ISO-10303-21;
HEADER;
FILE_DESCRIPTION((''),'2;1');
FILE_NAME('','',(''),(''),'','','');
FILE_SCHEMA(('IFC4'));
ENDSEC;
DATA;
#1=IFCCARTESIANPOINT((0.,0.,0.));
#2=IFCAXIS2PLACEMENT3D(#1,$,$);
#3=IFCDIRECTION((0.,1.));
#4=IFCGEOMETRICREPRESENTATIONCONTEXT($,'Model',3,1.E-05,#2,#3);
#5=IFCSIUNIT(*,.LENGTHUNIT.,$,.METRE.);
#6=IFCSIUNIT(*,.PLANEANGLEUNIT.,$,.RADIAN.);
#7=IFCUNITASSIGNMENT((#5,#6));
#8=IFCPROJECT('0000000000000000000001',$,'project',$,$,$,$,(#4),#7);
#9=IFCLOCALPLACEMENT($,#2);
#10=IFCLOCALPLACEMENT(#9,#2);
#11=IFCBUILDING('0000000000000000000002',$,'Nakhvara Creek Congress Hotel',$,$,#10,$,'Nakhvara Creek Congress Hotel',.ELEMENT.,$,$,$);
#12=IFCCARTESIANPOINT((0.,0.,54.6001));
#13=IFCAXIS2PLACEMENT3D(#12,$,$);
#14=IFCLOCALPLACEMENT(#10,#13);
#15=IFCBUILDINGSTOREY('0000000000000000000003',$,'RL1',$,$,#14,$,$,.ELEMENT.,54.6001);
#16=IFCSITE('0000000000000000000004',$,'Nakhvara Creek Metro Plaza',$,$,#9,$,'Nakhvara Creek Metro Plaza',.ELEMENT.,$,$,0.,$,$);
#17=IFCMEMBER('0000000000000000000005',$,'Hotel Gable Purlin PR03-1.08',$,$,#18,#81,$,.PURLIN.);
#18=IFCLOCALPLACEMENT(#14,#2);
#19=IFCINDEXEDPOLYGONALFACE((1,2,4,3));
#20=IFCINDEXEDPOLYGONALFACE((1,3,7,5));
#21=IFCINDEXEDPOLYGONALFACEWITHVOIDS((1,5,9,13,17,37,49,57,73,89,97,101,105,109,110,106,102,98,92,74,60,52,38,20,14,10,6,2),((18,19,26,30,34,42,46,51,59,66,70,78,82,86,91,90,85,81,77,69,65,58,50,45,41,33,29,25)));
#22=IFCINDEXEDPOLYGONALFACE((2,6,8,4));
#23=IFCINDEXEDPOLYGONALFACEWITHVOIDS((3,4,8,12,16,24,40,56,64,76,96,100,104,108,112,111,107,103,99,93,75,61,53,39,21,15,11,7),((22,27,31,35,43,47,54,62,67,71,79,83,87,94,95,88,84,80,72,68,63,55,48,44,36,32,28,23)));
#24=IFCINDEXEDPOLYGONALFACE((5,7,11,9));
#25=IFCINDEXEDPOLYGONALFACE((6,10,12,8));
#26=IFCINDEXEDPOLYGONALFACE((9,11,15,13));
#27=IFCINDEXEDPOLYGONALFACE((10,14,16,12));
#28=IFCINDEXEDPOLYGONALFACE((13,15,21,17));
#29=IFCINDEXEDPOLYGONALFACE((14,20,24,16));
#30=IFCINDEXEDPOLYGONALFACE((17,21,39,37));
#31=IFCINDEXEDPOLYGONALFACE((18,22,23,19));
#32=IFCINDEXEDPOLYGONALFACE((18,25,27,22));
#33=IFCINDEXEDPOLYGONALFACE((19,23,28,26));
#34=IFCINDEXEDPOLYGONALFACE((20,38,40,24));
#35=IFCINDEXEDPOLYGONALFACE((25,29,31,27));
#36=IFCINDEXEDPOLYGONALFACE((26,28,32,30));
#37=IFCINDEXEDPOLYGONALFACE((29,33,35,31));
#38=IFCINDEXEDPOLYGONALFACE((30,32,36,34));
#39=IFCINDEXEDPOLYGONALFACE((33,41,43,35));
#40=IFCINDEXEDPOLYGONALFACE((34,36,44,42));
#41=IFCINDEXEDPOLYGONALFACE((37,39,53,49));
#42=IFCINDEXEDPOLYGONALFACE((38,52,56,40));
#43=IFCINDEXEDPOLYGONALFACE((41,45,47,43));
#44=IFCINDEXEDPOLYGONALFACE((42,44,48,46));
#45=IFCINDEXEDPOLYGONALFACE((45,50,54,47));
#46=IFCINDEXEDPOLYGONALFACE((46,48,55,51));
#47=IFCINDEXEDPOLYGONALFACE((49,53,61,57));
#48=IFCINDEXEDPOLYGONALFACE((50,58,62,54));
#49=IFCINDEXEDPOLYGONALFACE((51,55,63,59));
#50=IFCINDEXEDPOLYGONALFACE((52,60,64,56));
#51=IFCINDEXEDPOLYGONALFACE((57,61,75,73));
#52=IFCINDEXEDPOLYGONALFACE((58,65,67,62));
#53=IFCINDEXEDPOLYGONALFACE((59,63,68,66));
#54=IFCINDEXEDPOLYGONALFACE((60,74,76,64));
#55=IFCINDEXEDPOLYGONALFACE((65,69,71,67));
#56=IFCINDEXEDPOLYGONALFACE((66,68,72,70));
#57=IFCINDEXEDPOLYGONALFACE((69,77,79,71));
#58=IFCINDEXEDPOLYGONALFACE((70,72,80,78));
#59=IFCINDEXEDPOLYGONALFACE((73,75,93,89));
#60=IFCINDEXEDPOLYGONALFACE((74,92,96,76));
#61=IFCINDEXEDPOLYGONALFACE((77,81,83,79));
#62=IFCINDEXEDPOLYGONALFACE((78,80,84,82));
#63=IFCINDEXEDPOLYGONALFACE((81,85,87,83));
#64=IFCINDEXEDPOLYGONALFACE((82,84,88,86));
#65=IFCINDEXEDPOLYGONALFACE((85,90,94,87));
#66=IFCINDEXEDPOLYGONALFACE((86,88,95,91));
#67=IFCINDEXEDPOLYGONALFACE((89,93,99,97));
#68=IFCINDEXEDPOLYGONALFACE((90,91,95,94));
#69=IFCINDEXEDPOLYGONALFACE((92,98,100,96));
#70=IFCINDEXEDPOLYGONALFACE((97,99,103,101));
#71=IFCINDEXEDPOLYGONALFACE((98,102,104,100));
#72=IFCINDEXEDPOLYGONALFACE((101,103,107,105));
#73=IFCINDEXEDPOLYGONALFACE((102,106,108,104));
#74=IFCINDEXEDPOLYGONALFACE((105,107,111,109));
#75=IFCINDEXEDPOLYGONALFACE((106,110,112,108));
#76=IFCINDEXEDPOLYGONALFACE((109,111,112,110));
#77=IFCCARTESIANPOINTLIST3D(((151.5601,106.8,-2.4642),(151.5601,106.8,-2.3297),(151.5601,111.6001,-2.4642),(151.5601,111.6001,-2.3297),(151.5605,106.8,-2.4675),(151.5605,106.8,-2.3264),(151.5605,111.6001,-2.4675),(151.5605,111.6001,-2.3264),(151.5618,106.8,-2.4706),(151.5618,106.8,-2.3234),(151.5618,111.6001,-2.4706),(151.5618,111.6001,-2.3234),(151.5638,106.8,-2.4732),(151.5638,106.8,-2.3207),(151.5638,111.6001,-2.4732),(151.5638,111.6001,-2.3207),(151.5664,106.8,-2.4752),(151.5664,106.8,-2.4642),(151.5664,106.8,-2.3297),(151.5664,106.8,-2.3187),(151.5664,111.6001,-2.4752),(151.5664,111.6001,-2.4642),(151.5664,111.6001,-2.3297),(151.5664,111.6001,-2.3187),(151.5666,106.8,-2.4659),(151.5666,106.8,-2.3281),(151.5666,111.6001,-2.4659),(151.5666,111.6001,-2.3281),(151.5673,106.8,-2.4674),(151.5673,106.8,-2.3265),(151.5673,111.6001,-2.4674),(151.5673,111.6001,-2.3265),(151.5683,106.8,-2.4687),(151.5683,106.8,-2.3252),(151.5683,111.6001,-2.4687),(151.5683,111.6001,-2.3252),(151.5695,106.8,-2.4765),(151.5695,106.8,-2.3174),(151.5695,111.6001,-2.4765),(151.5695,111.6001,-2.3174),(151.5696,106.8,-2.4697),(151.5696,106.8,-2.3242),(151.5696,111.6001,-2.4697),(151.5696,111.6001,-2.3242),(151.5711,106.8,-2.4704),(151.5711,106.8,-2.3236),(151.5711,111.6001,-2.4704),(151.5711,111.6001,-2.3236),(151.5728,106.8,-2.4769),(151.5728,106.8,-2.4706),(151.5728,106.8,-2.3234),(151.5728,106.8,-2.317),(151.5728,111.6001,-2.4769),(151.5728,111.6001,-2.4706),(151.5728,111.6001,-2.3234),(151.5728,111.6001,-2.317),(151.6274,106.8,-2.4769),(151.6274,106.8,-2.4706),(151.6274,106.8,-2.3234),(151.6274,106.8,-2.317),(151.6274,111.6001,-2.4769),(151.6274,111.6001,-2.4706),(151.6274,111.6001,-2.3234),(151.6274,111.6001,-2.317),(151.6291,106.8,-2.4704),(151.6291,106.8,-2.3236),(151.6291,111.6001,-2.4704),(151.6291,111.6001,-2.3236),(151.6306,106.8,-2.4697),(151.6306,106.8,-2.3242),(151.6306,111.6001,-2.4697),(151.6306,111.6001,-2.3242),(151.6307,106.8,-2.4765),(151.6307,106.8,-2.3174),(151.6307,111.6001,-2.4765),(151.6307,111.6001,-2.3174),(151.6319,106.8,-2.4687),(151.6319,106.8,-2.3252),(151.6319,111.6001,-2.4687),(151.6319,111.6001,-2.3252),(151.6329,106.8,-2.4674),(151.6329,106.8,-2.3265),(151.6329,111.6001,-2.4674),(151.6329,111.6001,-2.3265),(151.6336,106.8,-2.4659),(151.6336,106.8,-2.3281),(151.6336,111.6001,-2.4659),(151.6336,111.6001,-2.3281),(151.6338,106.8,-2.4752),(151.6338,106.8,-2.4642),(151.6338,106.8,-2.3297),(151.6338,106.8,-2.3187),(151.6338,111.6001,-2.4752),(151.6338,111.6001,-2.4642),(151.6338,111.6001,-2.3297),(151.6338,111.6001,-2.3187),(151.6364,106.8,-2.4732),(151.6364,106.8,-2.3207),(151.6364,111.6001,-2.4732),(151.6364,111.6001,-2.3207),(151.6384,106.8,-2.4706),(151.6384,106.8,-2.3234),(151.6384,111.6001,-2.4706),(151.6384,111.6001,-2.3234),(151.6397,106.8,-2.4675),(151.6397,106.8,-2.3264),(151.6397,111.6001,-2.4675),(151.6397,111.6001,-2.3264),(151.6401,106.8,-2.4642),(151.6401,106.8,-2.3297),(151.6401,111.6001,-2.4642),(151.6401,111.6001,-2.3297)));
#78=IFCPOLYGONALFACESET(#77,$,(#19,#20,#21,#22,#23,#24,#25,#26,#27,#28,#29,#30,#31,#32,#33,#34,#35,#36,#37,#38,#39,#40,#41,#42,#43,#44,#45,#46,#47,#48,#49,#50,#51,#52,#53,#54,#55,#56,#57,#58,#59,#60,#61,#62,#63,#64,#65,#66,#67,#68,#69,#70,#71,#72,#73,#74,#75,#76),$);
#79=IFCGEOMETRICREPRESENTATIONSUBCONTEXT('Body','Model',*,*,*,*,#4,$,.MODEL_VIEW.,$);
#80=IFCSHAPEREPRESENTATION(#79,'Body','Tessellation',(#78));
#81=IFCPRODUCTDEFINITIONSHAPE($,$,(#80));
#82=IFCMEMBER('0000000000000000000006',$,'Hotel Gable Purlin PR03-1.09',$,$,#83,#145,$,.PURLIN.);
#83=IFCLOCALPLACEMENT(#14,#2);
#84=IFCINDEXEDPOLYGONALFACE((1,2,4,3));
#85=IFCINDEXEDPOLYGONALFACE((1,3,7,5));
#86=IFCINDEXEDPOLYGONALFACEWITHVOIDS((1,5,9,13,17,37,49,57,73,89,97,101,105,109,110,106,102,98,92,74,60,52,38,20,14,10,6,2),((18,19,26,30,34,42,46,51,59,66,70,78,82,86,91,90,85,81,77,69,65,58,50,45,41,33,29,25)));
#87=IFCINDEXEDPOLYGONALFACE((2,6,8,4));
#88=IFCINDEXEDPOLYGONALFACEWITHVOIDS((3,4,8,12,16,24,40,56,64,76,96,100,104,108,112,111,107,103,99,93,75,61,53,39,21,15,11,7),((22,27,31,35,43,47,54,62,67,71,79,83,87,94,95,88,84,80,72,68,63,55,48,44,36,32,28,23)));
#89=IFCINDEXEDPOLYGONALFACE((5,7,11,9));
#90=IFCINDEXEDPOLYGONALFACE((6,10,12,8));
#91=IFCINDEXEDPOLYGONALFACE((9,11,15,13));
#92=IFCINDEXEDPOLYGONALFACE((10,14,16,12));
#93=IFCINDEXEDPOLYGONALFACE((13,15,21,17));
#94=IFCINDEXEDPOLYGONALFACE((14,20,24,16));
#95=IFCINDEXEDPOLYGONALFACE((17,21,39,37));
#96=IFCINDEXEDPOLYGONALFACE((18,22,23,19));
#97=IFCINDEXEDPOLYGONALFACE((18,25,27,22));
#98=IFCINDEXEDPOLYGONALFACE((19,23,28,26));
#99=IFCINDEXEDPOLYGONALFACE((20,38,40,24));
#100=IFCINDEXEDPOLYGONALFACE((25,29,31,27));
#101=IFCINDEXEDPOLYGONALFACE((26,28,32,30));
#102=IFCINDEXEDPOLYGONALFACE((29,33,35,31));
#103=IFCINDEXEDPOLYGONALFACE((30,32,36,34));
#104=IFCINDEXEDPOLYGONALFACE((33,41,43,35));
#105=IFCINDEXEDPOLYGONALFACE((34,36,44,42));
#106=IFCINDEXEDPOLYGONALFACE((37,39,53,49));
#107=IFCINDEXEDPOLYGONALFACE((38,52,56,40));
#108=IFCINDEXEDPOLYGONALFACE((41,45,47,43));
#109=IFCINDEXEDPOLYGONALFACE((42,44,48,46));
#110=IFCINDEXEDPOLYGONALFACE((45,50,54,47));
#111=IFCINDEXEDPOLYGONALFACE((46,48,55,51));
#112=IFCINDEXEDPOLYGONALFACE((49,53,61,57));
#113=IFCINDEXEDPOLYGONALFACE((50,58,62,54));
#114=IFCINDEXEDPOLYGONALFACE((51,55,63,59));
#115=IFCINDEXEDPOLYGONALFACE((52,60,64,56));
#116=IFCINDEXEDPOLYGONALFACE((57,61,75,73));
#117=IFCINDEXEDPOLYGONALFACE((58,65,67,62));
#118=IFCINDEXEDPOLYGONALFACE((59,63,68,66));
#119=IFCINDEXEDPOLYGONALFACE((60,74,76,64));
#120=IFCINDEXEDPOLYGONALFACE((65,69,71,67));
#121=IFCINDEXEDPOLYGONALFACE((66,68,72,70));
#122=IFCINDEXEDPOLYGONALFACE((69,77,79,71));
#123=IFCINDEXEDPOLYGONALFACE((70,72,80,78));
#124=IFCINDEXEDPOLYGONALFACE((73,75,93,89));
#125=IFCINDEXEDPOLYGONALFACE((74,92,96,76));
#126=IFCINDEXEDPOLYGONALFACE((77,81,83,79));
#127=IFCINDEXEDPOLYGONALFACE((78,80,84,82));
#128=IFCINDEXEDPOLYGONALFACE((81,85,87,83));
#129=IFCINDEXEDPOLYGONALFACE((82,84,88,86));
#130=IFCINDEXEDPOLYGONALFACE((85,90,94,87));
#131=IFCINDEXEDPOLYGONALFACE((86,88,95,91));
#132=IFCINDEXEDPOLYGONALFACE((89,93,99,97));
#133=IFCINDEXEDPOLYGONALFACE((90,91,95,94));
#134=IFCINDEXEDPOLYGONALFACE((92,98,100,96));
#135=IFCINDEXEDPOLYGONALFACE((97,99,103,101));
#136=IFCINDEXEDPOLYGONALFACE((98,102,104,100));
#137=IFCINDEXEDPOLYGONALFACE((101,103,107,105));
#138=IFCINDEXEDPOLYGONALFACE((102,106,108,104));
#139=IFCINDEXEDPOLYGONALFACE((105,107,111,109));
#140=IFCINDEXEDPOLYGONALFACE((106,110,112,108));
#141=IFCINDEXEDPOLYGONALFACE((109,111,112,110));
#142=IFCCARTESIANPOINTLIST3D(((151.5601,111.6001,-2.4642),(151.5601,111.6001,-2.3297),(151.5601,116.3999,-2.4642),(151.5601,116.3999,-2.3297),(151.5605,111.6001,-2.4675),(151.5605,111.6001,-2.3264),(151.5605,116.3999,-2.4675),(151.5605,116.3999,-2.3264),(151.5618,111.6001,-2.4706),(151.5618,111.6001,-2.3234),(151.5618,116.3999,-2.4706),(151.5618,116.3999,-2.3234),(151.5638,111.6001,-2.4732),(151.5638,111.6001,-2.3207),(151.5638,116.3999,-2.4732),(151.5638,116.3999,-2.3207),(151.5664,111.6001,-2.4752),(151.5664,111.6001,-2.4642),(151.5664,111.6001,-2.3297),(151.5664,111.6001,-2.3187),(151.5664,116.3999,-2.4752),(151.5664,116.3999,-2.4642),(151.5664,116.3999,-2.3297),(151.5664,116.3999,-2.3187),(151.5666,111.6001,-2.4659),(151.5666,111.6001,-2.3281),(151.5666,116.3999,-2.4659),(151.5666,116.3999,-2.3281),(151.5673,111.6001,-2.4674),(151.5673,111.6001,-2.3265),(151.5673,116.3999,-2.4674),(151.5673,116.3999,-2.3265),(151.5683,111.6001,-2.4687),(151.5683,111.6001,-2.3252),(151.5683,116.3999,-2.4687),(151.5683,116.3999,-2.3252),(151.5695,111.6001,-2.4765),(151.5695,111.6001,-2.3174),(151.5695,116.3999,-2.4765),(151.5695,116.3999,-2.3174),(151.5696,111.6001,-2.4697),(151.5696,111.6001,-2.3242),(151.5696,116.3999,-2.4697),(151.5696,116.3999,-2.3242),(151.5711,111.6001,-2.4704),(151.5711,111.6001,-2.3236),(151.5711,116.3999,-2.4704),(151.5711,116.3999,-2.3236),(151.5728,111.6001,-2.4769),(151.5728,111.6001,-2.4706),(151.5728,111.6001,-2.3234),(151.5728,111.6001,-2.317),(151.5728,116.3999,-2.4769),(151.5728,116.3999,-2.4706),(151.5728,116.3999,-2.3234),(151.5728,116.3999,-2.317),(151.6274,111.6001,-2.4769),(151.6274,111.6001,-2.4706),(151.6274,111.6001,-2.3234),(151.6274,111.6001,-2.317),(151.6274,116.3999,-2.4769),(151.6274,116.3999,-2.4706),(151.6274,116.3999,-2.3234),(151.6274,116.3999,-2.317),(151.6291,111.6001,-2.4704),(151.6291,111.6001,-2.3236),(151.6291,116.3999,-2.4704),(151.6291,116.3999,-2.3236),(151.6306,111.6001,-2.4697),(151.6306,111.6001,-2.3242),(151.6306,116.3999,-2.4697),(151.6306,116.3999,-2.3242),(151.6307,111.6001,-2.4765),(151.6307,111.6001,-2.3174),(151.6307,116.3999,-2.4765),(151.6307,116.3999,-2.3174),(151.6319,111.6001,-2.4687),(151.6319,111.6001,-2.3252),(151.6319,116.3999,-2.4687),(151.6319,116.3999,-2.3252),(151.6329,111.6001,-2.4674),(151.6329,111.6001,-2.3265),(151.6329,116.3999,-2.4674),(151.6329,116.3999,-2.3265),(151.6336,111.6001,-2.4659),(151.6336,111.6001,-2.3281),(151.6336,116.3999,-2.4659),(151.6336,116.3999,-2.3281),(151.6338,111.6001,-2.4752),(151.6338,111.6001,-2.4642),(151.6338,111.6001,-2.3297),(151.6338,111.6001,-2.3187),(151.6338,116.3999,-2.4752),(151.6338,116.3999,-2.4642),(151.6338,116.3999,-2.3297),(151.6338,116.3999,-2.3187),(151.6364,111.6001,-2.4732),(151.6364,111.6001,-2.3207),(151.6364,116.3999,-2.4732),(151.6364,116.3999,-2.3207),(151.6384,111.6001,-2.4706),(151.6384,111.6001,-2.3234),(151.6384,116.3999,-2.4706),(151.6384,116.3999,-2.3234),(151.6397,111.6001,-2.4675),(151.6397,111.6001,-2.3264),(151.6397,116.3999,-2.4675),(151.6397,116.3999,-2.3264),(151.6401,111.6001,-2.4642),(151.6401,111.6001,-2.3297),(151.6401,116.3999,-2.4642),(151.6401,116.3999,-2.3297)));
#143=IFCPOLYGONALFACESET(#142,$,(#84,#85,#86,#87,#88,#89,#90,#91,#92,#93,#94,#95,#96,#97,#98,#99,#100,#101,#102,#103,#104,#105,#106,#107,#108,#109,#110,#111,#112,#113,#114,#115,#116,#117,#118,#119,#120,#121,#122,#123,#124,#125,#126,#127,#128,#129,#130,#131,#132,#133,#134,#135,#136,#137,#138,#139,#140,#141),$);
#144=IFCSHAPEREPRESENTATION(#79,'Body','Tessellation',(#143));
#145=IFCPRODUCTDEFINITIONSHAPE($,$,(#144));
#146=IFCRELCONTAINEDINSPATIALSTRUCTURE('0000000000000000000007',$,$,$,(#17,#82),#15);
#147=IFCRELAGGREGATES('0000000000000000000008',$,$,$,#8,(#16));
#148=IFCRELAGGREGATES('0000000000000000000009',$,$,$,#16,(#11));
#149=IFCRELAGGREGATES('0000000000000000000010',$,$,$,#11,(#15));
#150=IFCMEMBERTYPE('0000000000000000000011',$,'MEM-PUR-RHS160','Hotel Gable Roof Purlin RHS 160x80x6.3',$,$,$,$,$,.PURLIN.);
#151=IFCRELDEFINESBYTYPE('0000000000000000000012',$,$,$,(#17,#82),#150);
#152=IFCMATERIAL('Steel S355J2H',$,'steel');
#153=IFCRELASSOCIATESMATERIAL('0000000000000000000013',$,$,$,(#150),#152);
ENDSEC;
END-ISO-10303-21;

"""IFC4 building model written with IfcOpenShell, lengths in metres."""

from ifc_helpers import new_model, si_unit, direction, frame, origin, origin_2d, place, context, subcontext, project, spatial, hollow_rectangle, extrude, material, material_profile, profile_set, type_object, element, save


model = new_model("IFC4")

# Units and contexts
model_context = context("Model", 3, precision=1e-05, world=origin(), true_north=direction((0.0, 1.0)))
body_context = subcontext(model_context, "Body", "Model", "MODEL_VIEW")
ifc_project = project(units=[si_unit("LENGTHUNIT", "METRE"), si_unit("PLANEANGLEUNIT", "RADIAN")], contexts=[model_context])

# Site, building, storey
site_placement = place(None, origin())
site = spatial("IfcSite", under=ifc_project, at=site_placement, Name="Nakhvara Creek Metro Plaza", LongName="Nakhvara Creek Metro Plaza", CompositionType="ELEMENT", RefElevation=0.0)
building_placement = place(site_placement, origin())
building = spatial("IfcBuilding", under=site, at=building_placement, Name="Nakhvara Creek Congress Hotel", LongName="Nakhvara Creek Congress Hotel", CompositionType="ELEMENT")
storey_placement = place(building_placement, frame((0.0, 0.0, 54.6001)))
storey = spatial("IfcBuildingStorey", under=building, at=storey_placement, Name="RL1", CompositionType="ELEMENT", Elevation=54.6001)

# Members
ifc_material_1 = material(Name="Steel S355J2H", Category="steel")
ifc_material_profile_1 = material_profile(ifc_material_1, hollow_rectangle(XDim=0.0801, YDim=0.1599, WallThickness=0.0063, InnerFilletRadius=0.0063, OuterFilletRadius=0.0127, at=origin_2d()), Name="RHS 160x80x6.3", Category="LoadBearing")
ifc_profile_set_1 = profile_set([ifc_material_profile_1], Name="Steel S355J2H")
member_type = type_object("IfcMemberType", Name="MEM-PUR-RHS160", Description="Hotel Gable Roof Purlin RHS 160x80x6.3", PredefinedType="PURLIN", material=ifc_profile_set_1)
for number, where, z_axis, x_axis, name in (
    (1, (151.6001, 106.8, -2.397), (0.0, 1.0, 0.0), (-1.0, 0.0, 0.0), "Hotel Gable Purlin PR03-1.08"),
):
    element("IfcMember", number, at=place(storey_placement, frame(where, z_axis=z_axis, x_axis=x_axis)), inside=storey, type_object=member_type, Name=name, PredefinedType="PURLIN", context=body_context, shape_type="SweptSolid", body=[
        extrude(hollow_rectangle(XDim=0.0801, YDim=0.1599, WallThickness=0.0063, InnerFilletRadius=0.0063, OuterFilletRadius=0.0127, at=origin_2d()), origin(), (0.0, 0.0, 1.0), 4.8),
    ])
member_1_placement = place(storey_placement, frame((151.6001, 111.6001, -2.397), z_axis=(0.0, 1.0, 0.0), x_axis=(-1.0, 0.0, 0.0)))
element("IfcMember", 2, at=member_1_placement, inside=storey, type_object=member_type, Name="Hotel Gable Purlin PR03-1.09", PredefinedType="PURLIN", context=body_context, shape_type="SweptSolid", body=[
    extrude(hollow_rectangle(XDim=0.0801, YDim=0.1599, WallThickness=0.0063, InnerFilletRadius=0.0063, OuterFilletRadius=0.0127, at=origin_2d()), origin(), (0.0, 0.0, 1.0), 4.7998),
])

save(model, "model.ifc")
